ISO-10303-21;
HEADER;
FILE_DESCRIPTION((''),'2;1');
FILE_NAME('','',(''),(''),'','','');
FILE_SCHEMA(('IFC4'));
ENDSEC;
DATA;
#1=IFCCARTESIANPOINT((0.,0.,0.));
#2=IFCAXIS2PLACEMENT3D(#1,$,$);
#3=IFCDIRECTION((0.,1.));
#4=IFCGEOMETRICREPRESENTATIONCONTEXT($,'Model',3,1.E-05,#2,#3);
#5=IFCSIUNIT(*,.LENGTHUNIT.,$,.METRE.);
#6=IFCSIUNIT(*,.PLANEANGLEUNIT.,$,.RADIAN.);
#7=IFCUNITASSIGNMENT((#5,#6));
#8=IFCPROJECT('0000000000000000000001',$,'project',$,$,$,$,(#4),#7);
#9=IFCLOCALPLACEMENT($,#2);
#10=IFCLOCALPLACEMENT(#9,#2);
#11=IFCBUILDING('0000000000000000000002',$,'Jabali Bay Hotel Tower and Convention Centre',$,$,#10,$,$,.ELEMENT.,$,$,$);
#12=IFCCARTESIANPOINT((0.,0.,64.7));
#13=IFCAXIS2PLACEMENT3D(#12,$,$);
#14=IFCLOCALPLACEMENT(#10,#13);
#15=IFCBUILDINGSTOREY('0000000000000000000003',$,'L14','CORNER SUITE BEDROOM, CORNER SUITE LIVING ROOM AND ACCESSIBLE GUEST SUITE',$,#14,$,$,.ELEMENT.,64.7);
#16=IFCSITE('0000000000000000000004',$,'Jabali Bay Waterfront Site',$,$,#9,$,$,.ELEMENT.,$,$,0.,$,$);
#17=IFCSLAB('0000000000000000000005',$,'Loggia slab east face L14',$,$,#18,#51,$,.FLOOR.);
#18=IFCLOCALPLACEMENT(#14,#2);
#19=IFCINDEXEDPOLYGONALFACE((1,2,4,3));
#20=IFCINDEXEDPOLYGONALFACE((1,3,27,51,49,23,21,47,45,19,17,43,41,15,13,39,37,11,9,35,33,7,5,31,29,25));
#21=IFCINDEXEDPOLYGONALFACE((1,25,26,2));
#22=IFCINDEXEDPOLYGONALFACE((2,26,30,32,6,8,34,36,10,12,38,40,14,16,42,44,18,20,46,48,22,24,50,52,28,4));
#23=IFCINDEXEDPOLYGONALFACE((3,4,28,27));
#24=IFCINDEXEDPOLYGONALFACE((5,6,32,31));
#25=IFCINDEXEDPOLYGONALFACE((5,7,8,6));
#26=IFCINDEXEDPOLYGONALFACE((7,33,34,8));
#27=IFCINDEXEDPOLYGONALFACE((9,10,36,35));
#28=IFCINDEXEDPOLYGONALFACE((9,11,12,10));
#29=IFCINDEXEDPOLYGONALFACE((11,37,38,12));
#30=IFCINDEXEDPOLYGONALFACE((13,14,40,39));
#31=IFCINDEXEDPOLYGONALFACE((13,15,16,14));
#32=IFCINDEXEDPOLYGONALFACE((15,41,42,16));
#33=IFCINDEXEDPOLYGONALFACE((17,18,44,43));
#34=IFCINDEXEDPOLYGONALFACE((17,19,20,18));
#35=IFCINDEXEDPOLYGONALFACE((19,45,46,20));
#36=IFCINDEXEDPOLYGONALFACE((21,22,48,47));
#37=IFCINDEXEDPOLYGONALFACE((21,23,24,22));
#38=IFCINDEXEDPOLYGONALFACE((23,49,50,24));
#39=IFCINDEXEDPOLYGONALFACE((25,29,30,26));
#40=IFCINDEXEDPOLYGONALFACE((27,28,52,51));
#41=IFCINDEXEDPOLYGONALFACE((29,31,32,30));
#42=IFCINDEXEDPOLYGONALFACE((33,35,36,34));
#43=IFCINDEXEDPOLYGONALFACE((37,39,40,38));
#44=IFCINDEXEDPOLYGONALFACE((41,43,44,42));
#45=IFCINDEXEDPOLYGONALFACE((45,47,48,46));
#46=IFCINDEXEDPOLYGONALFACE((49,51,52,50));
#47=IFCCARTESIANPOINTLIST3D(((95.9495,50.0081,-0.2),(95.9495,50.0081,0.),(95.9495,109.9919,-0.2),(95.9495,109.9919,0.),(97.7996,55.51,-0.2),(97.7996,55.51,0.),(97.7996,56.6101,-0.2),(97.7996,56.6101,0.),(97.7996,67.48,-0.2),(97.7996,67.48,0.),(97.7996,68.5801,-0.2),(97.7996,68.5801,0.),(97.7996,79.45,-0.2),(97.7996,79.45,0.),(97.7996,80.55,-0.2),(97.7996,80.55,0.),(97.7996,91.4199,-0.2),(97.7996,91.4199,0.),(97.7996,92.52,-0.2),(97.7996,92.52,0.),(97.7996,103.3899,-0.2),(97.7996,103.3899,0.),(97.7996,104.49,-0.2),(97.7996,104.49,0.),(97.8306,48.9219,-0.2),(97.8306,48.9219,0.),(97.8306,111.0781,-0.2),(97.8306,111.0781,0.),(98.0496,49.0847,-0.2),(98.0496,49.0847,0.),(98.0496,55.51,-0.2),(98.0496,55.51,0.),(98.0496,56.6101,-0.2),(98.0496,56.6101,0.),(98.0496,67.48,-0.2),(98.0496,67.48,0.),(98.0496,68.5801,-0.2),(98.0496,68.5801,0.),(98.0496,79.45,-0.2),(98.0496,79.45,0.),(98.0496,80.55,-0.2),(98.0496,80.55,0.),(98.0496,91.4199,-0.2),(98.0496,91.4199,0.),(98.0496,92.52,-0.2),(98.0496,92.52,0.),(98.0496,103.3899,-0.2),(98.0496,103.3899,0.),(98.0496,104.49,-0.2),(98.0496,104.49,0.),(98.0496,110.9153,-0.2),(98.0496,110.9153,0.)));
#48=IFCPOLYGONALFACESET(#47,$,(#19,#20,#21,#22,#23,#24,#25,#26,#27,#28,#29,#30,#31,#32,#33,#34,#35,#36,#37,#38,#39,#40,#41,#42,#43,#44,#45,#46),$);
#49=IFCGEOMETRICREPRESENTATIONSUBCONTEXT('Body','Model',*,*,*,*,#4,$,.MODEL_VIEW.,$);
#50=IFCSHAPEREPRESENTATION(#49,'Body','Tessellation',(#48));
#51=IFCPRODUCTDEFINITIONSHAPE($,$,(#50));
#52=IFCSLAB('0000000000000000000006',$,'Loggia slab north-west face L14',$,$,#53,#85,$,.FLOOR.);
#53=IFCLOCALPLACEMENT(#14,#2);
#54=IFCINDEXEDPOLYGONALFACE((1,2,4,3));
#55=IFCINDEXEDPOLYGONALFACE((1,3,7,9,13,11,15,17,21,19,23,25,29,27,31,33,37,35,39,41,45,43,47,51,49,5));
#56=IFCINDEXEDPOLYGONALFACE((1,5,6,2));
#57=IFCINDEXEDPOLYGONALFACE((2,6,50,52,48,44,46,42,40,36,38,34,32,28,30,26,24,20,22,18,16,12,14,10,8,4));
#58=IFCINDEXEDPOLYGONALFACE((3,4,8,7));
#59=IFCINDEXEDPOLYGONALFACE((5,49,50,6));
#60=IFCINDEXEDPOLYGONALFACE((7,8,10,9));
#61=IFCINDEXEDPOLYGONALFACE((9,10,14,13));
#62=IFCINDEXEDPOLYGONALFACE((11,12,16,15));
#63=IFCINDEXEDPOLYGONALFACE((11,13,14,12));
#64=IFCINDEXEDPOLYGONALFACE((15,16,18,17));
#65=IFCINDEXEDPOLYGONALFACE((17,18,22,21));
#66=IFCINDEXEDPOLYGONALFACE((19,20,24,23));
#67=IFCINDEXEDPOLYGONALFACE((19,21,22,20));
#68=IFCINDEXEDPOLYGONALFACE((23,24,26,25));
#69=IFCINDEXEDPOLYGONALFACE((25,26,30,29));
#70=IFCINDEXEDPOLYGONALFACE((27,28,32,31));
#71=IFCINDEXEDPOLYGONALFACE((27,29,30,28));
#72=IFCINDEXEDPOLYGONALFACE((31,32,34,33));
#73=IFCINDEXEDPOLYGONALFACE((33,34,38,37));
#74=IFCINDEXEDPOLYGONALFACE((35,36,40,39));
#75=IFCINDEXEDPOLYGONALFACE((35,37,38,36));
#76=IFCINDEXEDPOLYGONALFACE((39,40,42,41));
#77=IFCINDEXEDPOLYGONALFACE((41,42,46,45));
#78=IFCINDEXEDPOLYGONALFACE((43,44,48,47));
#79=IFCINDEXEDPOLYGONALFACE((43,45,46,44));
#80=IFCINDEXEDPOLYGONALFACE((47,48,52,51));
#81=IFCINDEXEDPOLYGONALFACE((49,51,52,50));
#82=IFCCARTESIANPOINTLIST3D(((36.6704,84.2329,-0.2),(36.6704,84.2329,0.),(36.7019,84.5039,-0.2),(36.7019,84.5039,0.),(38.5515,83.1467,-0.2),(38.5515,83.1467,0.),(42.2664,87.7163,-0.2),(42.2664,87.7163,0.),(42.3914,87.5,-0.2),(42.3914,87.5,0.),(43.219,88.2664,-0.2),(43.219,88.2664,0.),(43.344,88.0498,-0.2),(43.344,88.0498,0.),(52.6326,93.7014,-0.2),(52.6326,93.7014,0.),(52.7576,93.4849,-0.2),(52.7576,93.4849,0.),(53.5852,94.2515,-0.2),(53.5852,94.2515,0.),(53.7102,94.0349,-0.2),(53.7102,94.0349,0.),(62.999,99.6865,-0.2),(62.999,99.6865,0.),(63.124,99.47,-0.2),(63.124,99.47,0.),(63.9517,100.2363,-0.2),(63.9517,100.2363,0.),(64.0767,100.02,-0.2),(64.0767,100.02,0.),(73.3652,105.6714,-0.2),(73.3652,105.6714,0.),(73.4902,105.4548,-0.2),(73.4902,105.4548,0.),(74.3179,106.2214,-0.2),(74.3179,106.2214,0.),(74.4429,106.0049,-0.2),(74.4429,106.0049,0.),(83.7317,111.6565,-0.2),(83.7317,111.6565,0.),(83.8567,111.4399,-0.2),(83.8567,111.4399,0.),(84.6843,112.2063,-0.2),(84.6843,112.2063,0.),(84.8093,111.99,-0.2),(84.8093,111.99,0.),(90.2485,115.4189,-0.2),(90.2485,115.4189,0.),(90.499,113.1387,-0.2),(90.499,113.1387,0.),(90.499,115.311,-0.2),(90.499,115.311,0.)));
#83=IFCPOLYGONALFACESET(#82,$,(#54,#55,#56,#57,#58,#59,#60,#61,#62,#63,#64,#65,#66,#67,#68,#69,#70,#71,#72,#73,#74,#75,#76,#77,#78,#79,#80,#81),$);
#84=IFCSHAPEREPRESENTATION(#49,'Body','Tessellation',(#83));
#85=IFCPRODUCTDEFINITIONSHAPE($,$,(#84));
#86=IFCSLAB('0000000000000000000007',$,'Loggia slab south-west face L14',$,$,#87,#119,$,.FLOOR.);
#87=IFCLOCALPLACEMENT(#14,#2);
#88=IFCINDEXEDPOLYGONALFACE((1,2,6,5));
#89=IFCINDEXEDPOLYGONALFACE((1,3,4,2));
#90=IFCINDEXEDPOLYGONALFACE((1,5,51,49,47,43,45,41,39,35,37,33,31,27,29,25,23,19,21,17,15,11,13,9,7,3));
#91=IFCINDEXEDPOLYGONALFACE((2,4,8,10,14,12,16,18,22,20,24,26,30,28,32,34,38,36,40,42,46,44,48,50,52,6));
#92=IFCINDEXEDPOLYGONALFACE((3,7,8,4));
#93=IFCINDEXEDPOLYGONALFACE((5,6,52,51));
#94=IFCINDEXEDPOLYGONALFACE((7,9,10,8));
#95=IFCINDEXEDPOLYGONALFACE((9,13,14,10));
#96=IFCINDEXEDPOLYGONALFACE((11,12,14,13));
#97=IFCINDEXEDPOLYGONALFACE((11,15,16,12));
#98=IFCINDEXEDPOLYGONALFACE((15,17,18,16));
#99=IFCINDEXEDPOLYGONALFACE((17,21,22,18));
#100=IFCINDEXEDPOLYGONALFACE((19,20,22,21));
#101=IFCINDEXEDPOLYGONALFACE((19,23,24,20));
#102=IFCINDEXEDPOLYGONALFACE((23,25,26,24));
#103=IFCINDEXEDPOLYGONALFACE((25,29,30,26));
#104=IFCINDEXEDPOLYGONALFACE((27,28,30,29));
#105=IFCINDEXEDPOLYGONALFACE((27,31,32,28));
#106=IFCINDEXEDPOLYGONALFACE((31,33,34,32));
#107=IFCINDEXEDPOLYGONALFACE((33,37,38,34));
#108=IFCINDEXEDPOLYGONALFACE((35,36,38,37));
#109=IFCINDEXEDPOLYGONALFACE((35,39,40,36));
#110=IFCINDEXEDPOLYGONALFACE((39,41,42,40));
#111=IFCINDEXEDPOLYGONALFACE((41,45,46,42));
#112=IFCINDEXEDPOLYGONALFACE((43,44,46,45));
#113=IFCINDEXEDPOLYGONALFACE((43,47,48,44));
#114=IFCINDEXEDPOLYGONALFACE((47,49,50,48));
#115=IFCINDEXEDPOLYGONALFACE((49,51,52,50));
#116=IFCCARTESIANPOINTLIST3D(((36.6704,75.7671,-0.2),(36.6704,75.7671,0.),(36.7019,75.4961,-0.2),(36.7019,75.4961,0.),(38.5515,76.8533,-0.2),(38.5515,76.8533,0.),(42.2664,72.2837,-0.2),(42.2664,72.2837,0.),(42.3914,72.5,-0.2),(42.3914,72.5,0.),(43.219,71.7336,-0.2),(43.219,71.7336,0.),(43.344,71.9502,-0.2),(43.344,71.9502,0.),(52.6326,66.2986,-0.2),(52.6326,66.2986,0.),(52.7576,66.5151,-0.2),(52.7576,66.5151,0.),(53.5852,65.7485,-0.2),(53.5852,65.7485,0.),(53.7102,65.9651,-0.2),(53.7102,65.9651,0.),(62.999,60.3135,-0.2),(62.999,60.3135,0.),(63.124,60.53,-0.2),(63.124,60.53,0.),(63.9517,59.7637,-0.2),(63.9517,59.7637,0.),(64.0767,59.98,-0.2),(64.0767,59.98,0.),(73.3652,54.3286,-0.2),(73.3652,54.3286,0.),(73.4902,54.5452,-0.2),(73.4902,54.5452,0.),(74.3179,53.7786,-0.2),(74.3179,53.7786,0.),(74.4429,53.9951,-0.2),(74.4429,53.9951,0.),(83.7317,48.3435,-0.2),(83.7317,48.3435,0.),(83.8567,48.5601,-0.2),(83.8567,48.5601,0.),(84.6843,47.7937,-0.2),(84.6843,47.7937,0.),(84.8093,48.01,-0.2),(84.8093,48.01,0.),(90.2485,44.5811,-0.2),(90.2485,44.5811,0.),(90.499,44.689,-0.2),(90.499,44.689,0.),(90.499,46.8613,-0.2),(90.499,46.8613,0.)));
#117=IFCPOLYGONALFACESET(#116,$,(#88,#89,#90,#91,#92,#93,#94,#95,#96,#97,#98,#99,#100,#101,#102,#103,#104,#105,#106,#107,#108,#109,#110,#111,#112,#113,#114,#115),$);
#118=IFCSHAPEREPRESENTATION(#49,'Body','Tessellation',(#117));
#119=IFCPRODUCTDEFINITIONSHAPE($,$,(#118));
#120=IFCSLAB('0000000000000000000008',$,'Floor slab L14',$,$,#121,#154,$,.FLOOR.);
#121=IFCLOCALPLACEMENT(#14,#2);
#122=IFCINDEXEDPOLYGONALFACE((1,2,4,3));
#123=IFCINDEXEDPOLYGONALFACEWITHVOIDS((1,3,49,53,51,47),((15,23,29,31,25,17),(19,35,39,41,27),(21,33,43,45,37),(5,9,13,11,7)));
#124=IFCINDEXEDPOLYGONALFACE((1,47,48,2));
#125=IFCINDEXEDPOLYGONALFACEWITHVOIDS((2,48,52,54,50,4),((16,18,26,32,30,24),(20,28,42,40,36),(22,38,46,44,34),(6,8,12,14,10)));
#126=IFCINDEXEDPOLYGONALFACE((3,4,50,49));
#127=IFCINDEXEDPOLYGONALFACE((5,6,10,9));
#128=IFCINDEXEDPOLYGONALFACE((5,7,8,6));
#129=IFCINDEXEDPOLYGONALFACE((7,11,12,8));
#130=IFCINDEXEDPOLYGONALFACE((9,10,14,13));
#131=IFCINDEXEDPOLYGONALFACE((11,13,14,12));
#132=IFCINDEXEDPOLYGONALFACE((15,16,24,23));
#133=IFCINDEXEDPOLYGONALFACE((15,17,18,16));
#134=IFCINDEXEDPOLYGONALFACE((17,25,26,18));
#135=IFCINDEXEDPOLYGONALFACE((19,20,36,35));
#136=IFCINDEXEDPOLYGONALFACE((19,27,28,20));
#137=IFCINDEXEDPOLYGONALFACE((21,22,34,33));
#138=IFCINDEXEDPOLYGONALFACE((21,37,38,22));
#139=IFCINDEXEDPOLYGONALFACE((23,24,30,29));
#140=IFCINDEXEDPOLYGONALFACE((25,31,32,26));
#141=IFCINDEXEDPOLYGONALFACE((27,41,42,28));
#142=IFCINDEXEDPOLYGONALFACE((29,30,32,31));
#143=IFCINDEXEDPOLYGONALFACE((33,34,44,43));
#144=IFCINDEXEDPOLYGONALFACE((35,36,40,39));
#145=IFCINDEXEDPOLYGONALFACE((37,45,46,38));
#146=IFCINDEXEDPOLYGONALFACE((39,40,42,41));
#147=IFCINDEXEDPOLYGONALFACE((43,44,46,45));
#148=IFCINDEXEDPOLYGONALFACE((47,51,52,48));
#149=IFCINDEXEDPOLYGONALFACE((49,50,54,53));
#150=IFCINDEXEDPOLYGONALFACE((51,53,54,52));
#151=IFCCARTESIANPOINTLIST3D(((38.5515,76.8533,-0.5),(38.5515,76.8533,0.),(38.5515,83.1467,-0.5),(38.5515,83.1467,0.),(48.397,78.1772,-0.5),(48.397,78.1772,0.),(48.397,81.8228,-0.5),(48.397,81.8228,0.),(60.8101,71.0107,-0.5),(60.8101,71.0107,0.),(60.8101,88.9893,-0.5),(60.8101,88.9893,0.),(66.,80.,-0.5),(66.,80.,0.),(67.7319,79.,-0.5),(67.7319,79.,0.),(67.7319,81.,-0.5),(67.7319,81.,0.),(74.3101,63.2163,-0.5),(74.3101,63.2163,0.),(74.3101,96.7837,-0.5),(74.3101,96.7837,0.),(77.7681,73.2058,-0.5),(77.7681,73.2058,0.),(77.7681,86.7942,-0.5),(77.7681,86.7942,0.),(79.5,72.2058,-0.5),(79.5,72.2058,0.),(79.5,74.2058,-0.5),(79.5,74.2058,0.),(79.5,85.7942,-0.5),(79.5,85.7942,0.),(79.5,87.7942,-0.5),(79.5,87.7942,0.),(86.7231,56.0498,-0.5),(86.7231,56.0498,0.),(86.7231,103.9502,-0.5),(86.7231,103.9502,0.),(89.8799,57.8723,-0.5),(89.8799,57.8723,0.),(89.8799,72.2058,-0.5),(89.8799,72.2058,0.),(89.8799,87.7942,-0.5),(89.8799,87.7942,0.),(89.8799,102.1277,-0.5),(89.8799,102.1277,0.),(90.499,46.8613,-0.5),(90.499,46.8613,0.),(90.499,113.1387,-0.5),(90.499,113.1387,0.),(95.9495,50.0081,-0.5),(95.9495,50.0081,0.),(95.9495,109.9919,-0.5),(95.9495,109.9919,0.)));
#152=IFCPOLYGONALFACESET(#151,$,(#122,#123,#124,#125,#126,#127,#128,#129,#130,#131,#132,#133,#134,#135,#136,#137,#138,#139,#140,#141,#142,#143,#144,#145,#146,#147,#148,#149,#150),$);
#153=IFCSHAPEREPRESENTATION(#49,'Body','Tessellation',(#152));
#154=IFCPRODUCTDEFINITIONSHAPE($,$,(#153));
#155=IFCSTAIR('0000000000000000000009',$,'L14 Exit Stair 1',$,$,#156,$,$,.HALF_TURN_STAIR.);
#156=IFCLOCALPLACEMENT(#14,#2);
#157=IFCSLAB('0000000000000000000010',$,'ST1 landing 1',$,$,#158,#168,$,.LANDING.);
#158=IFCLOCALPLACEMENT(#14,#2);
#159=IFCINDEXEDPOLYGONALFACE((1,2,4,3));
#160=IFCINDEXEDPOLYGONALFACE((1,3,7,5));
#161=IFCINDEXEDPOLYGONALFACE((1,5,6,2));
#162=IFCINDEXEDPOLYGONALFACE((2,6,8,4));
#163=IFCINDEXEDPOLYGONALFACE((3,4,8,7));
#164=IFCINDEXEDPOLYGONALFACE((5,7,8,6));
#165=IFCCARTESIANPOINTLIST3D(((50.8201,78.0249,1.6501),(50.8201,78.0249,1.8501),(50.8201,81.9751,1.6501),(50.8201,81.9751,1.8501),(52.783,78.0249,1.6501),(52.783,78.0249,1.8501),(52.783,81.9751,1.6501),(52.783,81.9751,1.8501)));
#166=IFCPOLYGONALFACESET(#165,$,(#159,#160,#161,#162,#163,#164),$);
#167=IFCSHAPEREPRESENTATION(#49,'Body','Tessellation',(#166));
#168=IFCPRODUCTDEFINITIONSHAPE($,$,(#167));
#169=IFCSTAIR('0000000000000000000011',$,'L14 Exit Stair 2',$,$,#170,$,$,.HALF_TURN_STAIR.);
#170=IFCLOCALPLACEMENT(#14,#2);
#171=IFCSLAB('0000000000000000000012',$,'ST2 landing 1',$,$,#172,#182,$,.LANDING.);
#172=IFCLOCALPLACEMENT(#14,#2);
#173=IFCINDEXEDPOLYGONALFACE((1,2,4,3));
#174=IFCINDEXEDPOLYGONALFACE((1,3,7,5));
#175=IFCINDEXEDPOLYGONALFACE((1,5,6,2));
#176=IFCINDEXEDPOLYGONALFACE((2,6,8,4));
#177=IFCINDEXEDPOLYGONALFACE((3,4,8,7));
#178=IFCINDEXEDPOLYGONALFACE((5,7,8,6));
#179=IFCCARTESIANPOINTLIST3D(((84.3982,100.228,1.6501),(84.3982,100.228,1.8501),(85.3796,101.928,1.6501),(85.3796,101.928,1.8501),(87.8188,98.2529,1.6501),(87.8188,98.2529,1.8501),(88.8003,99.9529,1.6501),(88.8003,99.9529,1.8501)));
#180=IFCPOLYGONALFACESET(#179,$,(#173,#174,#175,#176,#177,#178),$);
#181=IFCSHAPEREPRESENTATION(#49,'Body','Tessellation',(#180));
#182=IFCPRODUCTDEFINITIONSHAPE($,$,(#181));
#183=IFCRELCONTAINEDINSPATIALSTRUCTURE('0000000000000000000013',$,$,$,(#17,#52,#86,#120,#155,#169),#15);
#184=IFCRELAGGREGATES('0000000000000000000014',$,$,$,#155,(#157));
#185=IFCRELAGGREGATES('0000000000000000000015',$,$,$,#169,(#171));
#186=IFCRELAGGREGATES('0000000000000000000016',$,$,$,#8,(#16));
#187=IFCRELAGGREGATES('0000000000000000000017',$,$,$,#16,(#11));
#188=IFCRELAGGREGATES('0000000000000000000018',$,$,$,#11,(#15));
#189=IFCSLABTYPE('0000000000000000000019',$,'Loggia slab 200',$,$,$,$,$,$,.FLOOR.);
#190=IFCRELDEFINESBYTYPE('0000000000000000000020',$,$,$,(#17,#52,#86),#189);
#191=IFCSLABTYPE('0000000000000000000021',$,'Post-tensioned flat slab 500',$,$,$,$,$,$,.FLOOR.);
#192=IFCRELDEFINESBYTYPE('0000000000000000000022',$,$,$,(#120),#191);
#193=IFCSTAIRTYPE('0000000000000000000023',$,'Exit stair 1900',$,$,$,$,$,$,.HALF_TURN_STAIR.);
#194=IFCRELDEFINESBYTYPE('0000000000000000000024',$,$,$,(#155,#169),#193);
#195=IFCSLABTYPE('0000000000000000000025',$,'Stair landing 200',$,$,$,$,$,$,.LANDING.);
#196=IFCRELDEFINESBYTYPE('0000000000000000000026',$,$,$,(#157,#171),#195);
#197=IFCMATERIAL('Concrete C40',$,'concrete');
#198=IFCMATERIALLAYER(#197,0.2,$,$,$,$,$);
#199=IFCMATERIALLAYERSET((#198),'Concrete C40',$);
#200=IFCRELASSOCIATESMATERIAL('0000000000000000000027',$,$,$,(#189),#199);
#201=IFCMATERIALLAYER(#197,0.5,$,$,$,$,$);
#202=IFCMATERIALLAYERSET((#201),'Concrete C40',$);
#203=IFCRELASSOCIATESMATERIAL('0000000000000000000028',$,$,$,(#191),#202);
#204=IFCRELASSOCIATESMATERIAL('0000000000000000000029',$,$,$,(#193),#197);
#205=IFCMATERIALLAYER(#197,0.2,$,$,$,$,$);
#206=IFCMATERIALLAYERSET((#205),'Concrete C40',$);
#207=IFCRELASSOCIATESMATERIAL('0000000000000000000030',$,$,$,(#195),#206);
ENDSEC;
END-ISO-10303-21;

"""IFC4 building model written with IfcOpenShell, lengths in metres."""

from ifc_helpers import new_model, si_unit, direction, frame, origin, place, context, subcontext, project, spatial, polyline, outline, extrude, material, layer, layer_set, type_object, element, aggregate, save


model = new_model("IFC4")

# Units and contexts
model_context = context("Model", 3, precision=1e-05, world=origin(), true_north=direction((0.0, 1.0)))
body_context = subcontext(model_context, "Body", "Model", "MODEL_VIEW")
ifc_project = project(units=[si_unit("LENGTHUNIT", "METRE"), si_unit("PLANEANGLEUNIT", "RADIAN")], contexts=[model_context])

# Site, building, storey
site_placement = place(None, origin())
site = spatial("IfcSite", under=ifc_project, at=site_placement, Name="Jabali Bay Waterfront Site", CompositionType="ELEMENT", RefElevation=0.0)
building_placement = place(site_placement, origin())
building = spatial("IfcBuilding", under=site, at=building_placement, Name="Jabali Bay Hotel Tower and Convention Centre", CompositionType="ELEMENT")
storey_placement = place(building_placement, frame((0.0, 0.0, 64.7)))
storey = spatial("IfcBuildingStorey", under=building, at=storey_placement, Name="L14", Description="CORNER SUITE BEDROOM, CORNER SUITE LIVING ROOM AND ACCESSIBLE GUEST SUITE", CompositionType="ELEMENT", Elevation=64.7)

# Slabs
ifc_material_1 = material(Name="Concrete C40", Category="concrete")
ifc_layer_1 = layer(ifc_material_1, 0.2)
ifc_layer_set_1 = layer_set([ifc_layer_1], Name="Concrete C40")
slab_type_1 = type_object("IfcSlabType", Name="Loggia slab 200", PredefinedType="FLOOR", material=ifc_layer_set_1)
slab_1_placement = place(storey_placement, frame((0.0, 0.0, -0.2)))
element("IfcSlab", 1, at=slab_1_placement, inside=storey, type_object=slab_type_1, Name="Loggia slab east face L14", PredefinedType="FLOOR", context=body_context, shape_type="SweptSolid", body=[
    extrude(outline(polyline([(95.9495, 109.9919), (97.8306, 111.0781), (98.0496, 110.9153), (98.0496, 104.49), (97.7996, 104.49), (97.7996, 103.3899), (98.0496, 103.3899), (98.0496, 92.52), (97.7996, 92.52), (97.7996, 91.4199), (98.0496, 91.4199), (98.0496, 80.55), (97.7996, 80.55), (97.7996, 79.45), (98.0496, 79.45), (98.0496, 68.5801), (97.7996, 68.5801), (97.7996, 67.48), (98.0496, 67.48), (98.0496, 56.6101), (97.7996, 56.6101), (97.7996, 55.51), (98.0496, 55.51), (98.0496, 49.0847), (97.8306, 48.9219), (95.9495, 50.0081), (95.9495, 109.9919)])), origin(), (0.0, 0.0, 1.0), 0.2),
])
slab_2_placement = place(storey_placement, frame((0.0, 0.0, -0.2)))
element("IfcSlab", 2, at=slab_2_placement, inside=storey, type_object=slab_type_1, Name="Loggia slab north-west face L14", PredefinedType="FLOOR", context=body_context, shape_type="SweptSolid", body=[
    extrude(outline(polyline([(38.5515, 83.1467), (36.6704, 84.2329), (36.7019, 84.5039), (42.2664, 87.7163), (42.3914, 87.5), (43.344, 88.0498), (43.219, 88.2664), (52.6326, 93.7014), (52.7576, 93.4849), (53.7102, 94.0349), (53.5852, 94.2515), (62.999, 99.6865), (63.124, 99.47), (64.0767, 100.02), (63.9517, 100.2363), (73.3652, 105.6714), (73.4902, 105.4548), (74.4429, 106.0049), (74.3179, 106.2214), (83.7317, 111.6565), (83.8567, 111.4399), (84.8093, 111.99), (84.6843, 112.2063), (90.2485, 115.4189), (90.499, 115.311), (90.499, 113.1387), (38.5515, 83.1467)])), origin(), (0.0, 0.0, 1.0), 0.2),
])
slab_3_placement = place(storey_placement, frame((0.0, 0.0, -0.2)))
element("IfcSlab", 3, at=slab_3_placement, inside=storey, type_object=slab_type_1, Name="Loggia slab south-west face L14", PredefinedType="FLOOR", context=body_context, shape_type="SweptSolid", body=[
    extrude(outline(polyline([(90.499, 46.8613), (90.499, 44.689), (90.2485, 44.5811), (84.6843, 47.7937), (84.8093, 48.01), (83.8567, 48.5601), (83.7317, 48.3435), (74.3179, 53.7786), (74.4429, 53.9951), (73.4902, 54.5452), (73.3652, 54.3286), (63.9517, 59.7637), (64.0767, 59.98), (63.124, 60.53), (62.999, 60.3135), (53.5852, 65.7485), (53.7102, 65.9651), (52.7576, 66.5151), (52.6326, 66.2986), (43.219, 71.7336), (43.344, 71.9502), (42.3914, 72.5), (42.2664, 72.2837), (36.7019, 75.4961), (36.6704, 75.7671), (38.5515, 76.8533), (90.499, 46.8613)])), origin(), (0.0, 0.0, 1.0), 0.2),
])
ifc_layer_2 = layer(ifc_material_1, 0.5)
ifc_layer_set_2 = layer_set([ifc_layer_2], Name="Concrete C40")
slab_type_2 = type_object("IfcSlabType", Name="Post-tensioned flat slab 500", PredefinedType="FLOOR", material=ifc_layer_set_2)
slab_4_placement = place(storey_placement, frame((0.0, 0.0, -0.5)))
element("IfcSlab", 4, at=slab_4_placement, inside=storey, type_object=slab_type_2, Name="Floor slab L14", PredefinedType="FLOOR", context=body_context, shape_type="SweptSolid", body=[
    extrude(outline(polyline([(90.499, 113.1387), (95.9495, 109.9919), (95.9495, 50.0081), (90.499, 46.8613), (38.5515, 76.8533), (38.5515, 83.1467), (90.499, 113.1387)]), holes=[polyline([(67.7319, 79.0), (77.7681, 73.2058), (79.5, 74.2058), (79.5, 85.7942), (77.7681, 86.7942), (67.7319, 81.0), (67.7319, 79.0)]), polyline([(48.397, 78.1772), (60.8101, 71.0107), (66.0, 80.0), (60.8101, 88.9893), (48.397, 81.8228), (48.397, 78.1772)]), polyline([(89.8799, 102.1277), (86.7231, 103.9502), (74.3101, 96.7837), (79.5, 87.7942), (89.8799, 87.7942), (89.8799, 102.1277)]), polyline([(74.3101, 63.2163), (86.7231, 56.0498), (89.8799, 57.8723), (89.8799, 72.2058), (79.5, 72.2058), (74.3101, 63.2163)])]), origin(), (0.0, 0.0, 1.0), 0.5),
])

# Stairs, slabs
stair_type = type_object("IfcStairType", Name="Exit stair 1900", PredefinedType="HALF_TURN_STAIR", material=ifc_material_1)
stair_1_placement = place(storey_placement, origin())
stair_1 = element("IfcStair", 5, at=stair_1_placement, inside=storey, type_object=stair_type, Name="L14 Exit Stair 1", PredefinedType="HALF_TURN_STAIR")
ifc_layer_3 = layer(ifc_material_1, 0.2)
ifc_layer_set_3 = layer_set([ifc_layer_3], Name="Concrete C40")
slab_type_3 = type_object("IfcSlabType", Name="Stair landing 200", PredefinedType="LANDING", material=ifc_layer_set_3)
slab_5_placement = place(storey_placement, frame((0.0, 0.0, 1.6501)))
slab_5 = element("IfcSlab", 6, at=slab_5_placement, type_object=slab_type_3, Name="ST1 landing 1", PredefinedType="LANDING", context=body_context, shape_type="SweptSolid", body=[
    extrude(outline(polyline([(52.783, 81.9751), (50.8201, 81.9751), (50.8201, 78.0249), (52.783, 78.0249), (52.783, 81.9751)])), origin(), (0.0, 0.0, 1.0), 0.2),
])
aggregate(stair_1, [slab_5])
stair_2_placement = place(storey_placement, origin())
stair_2 = element("IfcStair", 7, at=stair_2_placement, inside=storey, type_object=stair_type, Name="L14 Exit Stair 2", PredefinedType="HALF_TURN_STAIR")
slab_6_placement = place(storey_placement, frame((0.0, 0.0, 1.6501)))
slab_6 = element("IfcSlab", 8, at=slab_6_placement, type_object=slab_type_3, Name="ST2 landing 1", PredefinedType="LANDING", context=body_context, shape_type="SweptSolid", body=[
    extrude(outline(polyline([(87.8188, 98.2529), (88.8003, 99.9529), (85.3796, 101.928), (84.3982, 100.228), (87.8188, 98.2529)])), origin(), (0.0, 0.0, 1.0), 0.2),
])
aggregate(stair_2, [slab_6])

save(model, "model.ifc")
